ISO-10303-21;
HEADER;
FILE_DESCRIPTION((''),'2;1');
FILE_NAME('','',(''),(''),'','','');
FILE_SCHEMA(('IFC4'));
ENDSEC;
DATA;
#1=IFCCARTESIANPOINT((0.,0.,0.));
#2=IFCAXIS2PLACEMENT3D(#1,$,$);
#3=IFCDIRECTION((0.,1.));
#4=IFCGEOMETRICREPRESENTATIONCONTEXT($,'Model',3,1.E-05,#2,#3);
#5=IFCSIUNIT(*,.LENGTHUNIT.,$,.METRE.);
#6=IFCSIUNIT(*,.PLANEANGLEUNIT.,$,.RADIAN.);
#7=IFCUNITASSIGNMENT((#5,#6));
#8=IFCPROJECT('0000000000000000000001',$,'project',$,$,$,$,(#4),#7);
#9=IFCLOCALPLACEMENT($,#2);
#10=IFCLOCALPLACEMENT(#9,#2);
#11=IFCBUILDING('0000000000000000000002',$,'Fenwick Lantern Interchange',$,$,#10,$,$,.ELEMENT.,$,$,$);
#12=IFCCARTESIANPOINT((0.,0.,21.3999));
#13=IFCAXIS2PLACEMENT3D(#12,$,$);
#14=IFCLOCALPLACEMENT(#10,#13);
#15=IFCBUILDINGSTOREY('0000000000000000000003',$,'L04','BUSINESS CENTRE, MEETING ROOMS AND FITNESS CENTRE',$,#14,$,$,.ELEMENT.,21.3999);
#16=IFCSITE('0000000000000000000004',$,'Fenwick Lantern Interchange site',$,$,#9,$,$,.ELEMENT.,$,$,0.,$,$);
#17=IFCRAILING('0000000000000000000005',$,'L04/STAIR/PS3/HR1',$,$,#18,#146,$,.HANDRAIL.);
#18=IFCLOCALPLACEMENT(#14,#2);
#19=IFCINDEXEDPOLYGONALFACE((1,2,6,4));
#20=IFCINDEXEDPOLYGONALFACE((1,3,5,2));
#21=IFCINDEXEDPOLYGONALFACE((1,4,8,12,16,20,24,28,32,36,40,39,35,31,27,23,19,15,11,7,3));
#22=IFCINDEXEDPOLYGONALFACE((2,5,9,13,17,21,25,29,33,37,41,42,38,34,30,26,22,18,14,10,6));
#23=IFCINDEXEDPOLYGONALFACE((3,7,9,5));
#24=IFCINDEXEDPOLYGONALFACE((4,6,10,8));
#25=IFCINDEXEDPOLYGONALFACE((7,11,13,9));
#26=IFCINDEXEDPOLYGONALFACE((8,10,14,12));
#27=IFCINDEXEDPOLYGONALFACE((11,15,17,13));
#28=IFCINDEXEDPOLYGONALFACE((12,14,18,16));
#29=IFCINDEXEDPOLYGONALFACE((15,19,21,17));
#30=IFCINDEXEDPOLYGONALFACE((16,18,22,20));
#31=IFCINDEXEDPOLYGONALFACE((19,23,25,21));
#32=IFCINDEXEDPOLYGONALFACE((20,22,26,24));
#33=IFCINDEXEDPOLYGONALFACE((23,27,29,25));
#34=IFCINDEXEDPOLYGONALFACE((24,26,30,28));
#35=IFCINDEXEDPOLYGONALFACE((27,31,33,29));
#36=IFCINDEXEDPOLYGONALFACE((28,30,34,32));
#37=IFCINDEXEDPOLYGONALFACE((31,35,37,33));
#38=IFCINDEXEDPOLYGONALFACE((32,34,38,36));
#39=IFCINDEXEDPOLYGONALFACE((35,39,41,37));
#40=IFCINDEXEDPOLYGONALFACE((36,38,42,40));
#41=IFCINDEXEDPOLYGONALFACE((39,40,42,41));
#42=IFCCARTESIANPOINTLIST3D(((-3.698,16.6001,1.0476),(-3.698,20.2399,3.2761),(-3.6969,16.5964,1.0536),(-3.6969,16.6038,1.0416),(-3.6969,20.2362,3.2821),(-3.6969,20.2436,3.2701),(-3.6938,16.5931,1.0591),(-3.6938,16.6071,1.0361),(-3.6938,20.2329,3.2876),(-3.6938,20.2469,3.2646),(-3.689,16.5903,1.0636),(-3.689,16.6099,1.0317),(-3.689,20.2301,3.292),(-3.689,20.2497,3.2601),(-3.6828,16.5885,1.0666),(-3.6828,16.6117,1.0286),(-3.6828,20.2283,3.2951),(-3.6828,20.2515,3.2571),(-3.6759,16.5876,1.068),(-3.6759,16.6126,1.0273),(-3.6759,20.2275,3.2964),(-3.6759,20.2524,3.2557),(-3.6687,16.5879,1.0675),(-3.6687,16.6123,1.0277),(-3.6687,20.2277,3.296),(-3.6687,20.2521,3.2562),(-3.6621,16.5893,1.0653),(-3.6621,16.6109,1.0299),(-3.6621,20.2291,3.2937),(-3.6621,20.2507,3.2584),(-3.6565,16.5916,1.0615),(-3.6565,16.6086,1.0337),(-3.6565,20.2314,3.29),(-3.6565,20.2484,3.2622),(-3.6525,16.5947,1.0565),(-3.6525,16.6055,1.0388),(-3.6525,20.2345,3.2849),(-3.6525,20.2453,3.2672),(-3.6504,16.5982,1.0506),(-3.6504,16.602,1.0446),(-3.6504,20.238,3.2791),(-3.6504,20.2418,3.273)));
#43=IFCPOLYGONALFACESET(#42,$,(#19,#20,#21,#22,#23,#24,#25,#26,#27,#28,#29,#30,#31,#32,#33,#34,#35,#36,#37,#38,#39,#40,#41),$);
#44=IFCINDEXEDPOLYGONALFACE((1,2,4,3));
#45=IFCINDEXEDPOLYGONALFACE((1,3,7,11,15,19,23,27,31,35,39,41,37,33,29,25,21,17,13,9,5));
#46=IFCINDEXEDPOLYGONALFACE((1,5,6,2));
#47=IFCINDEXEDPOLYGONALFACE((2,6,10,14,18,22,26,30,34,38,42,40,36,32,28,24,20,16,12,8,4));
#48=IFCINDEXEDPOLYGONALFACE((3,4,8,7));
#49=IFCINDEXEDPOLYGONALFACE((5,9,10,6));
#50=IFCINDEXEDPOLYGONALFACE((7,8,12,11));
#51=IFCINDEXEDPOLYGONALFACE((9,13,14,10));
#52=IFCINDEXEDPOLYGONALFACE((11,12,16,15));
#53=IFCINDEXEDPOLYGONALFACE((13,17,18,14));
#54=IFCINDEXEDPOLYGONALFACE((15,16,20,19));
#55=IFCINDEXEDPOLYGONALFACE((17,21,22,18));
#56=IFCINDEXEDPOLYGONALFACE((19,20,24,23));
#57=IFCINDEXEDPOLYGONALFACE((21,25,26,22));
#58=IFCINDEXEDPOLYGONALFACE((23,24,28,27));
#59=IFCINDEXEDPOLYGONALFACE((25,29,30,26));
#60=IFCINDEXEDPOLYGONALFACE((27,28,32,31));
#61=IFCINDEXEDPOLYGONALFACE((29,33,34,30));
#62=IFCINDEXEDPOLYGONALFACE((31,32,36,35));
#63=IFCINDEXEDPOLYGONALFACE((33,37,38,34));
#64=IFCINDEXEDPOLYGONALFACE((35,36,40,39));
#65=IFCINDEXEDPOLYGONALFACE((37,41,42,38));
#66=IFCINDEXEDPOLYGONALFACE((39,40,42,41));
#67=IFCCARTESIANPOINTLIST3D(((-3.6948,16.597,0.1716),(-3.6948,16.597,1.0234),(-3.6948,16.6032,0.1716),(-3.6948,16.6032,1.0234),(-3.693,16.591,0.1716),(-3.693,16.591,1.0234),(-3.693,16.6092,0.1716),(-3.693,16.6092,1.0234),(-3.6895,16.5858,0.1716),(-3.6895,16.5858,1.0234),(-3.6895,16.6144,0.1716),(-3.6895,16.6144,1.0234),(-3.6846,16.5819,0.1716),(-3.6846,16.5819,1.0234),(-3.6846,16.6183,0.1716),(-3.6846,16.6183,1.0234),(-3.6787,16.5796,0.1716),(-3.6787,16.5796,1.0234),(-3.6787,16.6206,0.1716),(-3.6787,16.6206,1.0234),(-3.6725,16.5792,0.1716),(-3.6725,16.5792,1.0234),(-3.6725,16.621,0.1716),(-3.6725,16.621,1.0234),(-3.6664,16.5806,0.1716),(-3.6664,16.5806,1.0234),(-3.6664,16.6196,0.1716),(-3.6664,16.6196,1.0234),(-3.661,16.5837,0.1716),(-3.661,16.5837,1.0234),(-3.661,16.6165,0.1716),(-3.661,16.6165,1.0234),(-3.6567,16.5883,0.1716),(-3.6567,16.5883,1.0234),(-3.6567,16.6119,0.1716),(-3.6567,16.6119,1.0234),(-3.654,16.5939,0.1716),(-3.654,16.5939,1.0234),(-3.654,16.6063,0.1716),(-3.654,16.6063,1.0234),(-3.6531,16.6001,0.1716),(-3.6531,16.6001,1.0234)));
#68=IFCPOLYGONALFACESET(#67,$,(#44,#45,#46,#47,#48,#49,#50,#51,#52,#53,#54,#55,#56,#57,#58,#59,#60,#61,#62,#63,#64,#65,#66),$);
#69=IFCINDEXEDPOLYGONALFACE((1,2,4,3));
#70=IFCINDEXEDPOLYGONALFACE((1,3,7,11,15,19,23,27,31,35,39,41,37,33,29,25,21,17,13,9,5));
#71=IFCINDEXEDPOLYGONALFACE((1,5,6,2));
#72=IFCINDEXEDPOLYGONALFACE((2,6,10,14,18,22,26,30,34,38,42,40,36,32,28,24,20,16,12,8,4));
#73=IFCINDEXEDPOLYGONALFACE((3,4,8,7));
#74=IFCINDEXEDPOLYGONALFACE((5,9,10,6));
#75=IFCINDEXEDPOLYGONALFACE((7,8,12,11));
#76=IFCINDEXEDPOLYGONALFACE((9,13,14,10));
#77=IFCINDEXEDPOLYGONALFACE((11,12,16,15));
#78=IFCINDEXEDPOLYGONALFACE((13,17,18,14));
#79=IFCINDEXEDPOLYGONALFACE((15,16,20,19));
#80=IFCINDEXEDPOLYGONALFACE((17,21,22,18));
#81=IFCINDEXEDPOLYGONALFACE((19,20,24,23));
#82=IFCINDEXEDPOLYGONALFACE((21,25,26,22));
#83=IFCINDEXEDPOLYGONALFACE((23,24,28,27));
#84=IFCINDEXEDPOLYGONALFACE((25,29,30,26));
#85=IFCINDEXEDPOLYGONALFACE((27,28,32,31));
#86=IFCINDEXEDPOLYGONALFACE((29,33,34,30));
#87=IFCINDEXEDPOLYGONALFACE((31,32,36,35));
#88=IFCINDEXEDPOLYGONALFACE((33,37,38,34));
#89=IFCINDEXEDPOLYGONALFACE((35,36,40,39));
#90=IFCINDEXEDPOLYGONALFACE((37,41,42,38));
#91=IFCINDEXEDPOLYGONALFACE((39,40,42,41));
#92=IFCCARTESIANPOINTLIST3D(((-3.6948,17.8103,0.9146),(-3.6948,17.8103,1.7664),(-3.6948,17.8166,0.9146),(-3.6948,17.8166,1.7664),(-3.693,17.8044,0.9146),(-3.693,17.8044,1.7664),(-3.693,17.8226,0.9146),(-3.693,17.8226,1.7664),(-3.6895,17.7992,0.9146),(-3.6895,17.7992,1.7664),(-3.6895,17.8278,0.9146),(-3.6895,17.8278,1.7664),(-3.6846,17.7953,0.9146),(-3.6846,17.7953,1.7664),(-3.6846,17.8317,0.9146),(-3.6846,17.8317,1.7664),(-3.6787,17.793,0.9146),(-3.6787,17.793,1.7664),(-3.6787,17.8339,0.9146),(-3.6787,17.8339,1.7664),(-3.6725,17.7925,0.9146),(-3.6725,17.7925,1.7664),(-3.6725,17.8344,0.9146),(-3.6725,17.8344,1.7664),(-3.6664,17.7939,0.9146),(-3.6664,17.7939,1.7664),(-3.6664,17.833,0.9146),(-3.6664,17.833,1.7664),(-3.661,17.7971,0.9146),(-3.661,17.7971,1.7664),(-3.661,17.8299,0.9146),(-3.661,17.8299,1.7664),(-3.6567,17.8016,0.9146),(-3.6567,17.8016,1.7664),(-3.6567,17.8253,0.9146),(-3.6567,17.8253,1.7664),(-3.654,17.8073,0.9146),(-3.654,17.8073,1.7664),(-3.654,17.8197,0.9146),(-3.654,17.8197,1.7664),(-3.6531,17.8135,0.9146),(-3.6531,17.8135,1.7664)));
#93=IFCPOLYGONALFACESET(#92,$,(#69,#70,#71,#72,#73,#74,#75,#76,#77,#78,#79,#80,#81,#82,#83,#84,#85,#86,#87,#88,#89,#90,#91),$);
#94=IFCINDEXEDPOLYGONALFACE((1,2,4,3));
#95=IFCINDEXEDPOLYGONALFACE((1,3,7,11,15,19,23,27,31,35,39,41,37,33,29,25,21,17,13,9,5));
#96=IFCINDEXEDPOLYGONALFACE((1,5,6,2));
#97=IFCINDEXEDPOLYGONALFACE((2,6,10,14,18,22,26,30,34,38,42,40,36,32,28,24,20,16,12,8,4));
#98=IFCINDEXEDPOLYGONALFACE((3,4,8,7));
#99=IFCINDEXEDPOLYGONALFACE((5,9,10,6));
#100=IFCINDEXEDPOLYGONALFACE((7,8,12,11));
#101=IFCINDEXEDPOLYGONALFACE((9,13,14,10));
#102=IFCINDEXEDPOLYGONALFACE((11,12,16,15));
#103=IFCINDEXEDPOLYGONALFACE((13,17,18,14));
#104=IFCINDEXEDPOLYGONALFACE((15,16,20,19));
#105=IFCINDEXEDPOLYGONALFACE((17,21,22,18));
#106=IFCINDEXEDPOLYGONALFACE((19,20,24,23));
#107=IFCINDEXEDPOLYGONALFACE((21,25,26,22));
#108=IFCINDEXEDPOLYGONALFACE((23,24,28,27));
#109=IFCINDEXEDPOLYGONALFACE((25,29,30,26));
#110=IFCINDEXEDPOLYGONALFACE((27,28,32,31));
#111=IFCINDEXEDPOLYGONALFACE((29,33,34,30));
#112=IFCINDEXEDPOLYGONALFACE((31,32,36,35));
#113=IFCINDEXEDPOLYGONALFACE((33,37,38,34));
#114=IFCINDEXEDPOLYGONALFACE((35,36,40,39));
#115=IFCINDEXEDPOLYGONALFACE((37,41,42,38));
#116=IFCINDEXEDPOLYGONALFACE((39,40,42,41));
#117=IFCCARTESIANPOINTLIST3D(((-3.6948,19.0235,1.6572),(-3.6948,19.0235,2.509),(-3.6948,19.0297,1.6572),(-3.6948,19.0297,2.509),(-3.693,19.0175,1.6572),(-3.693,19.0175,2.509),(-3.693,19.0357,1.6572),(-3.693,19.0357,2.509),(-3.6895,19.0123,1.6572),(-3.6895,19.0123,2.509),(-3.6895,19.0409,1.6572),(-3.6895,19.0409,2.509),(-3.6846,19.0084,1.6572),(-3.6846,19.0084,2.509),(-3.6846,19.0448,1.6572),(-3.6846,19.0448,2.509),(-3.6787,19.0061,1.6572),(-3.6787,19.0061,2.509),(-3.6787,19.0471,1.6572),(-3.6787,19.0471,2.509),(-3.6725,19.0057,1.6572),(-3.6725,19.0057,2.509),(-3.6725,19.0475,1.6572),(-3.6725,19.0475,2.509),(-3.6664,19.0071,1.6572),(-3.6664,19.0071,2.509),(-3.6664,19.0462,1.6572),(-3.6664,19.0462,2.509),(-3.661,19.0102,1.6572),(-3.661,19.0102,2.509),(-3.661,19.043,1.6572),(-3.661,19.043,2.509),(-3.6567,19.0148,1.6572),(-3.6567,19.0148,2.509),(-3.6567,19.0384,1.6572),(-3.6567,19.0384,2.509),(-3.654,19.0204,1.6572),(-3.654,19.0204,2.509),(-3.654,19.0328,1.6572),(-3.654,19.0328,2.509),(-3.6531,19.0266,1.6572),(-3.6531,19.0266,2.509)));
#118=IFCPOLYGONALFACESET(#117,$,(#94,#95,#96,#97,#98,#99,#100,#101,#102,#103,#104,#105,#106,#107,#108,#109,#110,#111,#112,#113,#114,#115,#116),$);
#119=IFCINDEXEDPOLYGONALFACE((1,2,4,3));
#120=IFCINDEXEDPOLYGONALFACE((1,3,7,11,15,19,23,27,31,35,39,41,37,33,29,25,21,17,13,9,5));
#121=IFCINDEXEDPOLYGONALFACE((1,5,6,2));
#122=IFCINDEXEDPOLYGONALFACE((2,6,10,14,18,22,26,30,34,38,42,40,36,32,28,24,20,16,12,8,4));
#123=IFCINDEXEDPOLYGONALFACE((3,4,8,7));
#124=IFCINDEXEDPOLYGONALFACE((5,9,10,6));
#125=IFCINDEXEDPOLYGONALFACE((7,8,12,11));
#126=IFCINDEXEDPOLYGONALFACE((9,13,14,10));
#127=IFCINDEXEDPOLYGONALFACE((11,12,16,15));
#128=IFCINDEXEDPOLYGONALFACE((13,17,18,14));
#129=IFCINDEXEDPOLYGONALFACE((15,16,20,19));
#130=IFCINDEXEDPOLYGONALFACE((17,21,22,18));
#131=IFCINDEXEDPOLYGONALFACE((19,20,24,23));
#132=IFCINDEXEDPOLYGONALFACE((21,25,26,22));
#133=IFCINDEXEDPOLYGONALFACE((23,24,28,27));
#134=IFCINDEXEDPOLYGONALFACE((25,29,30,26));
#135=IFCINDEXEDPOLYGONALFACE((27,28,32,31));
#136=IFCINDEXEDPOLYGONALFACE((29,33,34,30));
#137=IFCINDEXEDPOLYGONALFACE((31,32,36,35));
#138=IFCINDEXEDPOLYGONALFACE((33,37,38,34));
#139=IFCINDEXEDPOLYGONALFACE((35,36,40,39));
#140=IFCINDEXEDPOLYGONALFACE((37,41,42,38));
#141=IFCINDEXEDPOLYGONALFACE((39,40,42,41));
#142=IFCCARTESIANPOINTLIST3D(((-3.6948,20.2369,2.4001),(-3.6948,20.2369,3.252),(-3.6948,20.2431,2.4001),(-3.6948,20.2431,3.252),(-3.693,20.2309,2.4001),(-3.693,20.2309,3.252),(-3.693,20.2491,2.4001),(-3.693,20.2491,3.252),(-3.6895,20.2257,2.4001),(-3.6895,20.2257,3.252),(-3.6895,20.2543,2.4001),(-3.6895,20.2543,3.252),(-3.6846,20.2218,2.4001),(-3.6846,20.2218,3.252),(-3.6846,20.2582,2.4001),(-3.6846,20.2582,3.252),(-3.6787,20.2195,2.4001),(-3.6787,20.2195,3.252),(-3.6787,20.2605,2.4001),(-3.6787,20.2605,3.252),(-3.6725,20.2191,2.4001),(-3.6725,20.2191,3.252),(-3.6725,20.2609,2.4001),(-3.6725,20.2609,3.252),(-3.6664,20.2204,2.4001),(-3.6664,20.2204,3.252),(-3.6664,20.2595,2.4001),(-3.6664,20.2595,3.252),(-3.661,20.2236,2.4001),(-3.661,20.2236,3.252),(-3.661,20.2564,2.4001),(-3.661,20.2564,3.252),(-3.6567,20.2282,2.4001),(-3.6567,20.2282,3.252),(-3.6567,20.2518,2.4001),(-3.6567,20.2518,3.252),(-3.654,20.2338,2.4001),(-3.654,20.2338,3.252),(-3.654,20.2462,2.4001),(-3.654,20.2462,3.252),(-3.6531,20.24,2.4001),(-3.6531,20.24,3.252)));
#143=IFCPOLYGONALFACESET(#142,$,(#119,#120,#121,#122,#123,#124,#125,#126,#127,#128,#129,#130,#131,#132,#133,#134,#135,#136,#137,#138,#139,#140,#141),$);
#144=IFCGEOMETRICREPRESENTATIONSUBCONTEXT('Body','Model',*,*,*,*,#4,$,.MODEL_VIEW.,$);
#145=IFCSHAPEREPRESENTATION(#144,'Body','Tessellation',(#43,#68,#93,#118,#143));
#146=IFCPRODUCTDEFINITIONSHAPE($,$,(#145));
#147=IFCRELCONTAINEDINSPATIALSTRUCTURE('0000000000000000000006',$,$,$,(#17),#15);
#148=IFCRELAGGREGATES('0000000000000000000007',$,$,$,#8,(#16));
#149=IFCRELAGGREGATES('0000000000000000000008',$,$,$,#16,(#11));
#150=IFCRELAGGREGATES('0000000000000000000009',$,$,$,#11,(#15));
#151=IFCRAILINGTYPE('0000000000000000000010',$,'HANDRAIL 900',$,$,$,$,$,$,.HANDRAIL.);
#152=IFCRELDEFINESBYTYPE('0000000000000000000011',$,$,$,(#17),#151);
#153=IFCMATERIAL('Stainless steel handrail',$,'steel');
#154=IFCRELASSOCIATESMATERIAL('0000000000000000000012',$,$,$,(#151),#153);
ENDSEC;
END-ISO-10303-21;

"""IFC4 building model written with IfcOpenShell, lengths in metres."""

from ifc_helpers import new_model, si_unit, direction, frame, origin, origin_2d, place, context, subcontext, project, spatial, circle, extrude, material, type_object, element, save


model = new_model("IFC4")

# Units and contexts
model_context = context("Model", 3, precision=1e-05, world=origin(), true_north=direction((0.0, 1.0)))
body_context = subcontext(model_context, "Body", "Model", "MODEL_VIEW")
ifc_project = project(units=[si_unit("LENGTHUNIT", "METRE"), si_unit("PLANEANGLEUNIT", "RADIAN")], contexts=[model_context])

# Site, building, storey
site_placement = place(None, origin())
site = spatial("IfcSite", under=ifc_project, at=site_placement, Name="Fenwick Lantern Interchange site", CompositionType="ELEMENT", RefElevation=0.0)
building_placement = place(site_placement, origin())
building = spatial("IfcBuilding", under=site, at=building_placement, Name="Fenwick Lantern Interchange", CompositionType="ELEMENT")
storey_placement = place(building_placement, frame((0.0, 0.0, 21.3999)))
storey = spatial("IfcBuildingStorey", under=building, at=storey_placement, Name="L04", Description="BUSINESS CENTRE, MEETING ROOMS AND FITNESS CENTRE", CompositionType="ELEMENT", Elevation=21.3999)

# Railing
ifc_material_1 = material(Name="Stainless steel handrail", Category="steel")
railing_type = type_object("IfcRailingType", Name="HANDRAIL 900", PredefinedType="HANDRAIL", material=ifc_material_1)
railing_1_placement = place(storey_placement, frame((-3.6741, 16.6001, 0.1716)))
element("IfcRailing", 1, at=railing_1_placement, inside=storey, type_object=railing_type, Name="L04/STAIR/PS3/HR1", PredefinedType="HANDRAIL", context=body_context, shape_type="SweptSolid", body=[
    extrude(circle(Radius=0.0239, at=origin_2d()), frame((0.0, 0.0, 0.876), z_axis=(0.0, 0.85285, 0.522156), x_axis=(-1.0, 0.0, 0.0)), (0.0, 0.0, 1.0), 4.2678),
    extrude(circle(Radius=0.021, at=origin_2d()), origin(), (0.0, 0.0, 1.0), 0.8518),
    extrude(circle(Radius=0.021, at=origin_2d()), frame((0.0, 1.2134, 0.7429)), (0.0, 0.0, 1.0), 0.8518),
    extrude(circle(Radius=0.021, at=origin_2d()), frame((0.0, 2.4265, 1.4856)), (0.0, 0.0, 1.0), 0.8518),
    extrude(circle(Radius=0.021, at=origin_2d()), frame((0.0, 3.6399, 2.2285)), (0.0, 0.0, 1.0), 0.8518),
])

save(model, "model.ifc")
